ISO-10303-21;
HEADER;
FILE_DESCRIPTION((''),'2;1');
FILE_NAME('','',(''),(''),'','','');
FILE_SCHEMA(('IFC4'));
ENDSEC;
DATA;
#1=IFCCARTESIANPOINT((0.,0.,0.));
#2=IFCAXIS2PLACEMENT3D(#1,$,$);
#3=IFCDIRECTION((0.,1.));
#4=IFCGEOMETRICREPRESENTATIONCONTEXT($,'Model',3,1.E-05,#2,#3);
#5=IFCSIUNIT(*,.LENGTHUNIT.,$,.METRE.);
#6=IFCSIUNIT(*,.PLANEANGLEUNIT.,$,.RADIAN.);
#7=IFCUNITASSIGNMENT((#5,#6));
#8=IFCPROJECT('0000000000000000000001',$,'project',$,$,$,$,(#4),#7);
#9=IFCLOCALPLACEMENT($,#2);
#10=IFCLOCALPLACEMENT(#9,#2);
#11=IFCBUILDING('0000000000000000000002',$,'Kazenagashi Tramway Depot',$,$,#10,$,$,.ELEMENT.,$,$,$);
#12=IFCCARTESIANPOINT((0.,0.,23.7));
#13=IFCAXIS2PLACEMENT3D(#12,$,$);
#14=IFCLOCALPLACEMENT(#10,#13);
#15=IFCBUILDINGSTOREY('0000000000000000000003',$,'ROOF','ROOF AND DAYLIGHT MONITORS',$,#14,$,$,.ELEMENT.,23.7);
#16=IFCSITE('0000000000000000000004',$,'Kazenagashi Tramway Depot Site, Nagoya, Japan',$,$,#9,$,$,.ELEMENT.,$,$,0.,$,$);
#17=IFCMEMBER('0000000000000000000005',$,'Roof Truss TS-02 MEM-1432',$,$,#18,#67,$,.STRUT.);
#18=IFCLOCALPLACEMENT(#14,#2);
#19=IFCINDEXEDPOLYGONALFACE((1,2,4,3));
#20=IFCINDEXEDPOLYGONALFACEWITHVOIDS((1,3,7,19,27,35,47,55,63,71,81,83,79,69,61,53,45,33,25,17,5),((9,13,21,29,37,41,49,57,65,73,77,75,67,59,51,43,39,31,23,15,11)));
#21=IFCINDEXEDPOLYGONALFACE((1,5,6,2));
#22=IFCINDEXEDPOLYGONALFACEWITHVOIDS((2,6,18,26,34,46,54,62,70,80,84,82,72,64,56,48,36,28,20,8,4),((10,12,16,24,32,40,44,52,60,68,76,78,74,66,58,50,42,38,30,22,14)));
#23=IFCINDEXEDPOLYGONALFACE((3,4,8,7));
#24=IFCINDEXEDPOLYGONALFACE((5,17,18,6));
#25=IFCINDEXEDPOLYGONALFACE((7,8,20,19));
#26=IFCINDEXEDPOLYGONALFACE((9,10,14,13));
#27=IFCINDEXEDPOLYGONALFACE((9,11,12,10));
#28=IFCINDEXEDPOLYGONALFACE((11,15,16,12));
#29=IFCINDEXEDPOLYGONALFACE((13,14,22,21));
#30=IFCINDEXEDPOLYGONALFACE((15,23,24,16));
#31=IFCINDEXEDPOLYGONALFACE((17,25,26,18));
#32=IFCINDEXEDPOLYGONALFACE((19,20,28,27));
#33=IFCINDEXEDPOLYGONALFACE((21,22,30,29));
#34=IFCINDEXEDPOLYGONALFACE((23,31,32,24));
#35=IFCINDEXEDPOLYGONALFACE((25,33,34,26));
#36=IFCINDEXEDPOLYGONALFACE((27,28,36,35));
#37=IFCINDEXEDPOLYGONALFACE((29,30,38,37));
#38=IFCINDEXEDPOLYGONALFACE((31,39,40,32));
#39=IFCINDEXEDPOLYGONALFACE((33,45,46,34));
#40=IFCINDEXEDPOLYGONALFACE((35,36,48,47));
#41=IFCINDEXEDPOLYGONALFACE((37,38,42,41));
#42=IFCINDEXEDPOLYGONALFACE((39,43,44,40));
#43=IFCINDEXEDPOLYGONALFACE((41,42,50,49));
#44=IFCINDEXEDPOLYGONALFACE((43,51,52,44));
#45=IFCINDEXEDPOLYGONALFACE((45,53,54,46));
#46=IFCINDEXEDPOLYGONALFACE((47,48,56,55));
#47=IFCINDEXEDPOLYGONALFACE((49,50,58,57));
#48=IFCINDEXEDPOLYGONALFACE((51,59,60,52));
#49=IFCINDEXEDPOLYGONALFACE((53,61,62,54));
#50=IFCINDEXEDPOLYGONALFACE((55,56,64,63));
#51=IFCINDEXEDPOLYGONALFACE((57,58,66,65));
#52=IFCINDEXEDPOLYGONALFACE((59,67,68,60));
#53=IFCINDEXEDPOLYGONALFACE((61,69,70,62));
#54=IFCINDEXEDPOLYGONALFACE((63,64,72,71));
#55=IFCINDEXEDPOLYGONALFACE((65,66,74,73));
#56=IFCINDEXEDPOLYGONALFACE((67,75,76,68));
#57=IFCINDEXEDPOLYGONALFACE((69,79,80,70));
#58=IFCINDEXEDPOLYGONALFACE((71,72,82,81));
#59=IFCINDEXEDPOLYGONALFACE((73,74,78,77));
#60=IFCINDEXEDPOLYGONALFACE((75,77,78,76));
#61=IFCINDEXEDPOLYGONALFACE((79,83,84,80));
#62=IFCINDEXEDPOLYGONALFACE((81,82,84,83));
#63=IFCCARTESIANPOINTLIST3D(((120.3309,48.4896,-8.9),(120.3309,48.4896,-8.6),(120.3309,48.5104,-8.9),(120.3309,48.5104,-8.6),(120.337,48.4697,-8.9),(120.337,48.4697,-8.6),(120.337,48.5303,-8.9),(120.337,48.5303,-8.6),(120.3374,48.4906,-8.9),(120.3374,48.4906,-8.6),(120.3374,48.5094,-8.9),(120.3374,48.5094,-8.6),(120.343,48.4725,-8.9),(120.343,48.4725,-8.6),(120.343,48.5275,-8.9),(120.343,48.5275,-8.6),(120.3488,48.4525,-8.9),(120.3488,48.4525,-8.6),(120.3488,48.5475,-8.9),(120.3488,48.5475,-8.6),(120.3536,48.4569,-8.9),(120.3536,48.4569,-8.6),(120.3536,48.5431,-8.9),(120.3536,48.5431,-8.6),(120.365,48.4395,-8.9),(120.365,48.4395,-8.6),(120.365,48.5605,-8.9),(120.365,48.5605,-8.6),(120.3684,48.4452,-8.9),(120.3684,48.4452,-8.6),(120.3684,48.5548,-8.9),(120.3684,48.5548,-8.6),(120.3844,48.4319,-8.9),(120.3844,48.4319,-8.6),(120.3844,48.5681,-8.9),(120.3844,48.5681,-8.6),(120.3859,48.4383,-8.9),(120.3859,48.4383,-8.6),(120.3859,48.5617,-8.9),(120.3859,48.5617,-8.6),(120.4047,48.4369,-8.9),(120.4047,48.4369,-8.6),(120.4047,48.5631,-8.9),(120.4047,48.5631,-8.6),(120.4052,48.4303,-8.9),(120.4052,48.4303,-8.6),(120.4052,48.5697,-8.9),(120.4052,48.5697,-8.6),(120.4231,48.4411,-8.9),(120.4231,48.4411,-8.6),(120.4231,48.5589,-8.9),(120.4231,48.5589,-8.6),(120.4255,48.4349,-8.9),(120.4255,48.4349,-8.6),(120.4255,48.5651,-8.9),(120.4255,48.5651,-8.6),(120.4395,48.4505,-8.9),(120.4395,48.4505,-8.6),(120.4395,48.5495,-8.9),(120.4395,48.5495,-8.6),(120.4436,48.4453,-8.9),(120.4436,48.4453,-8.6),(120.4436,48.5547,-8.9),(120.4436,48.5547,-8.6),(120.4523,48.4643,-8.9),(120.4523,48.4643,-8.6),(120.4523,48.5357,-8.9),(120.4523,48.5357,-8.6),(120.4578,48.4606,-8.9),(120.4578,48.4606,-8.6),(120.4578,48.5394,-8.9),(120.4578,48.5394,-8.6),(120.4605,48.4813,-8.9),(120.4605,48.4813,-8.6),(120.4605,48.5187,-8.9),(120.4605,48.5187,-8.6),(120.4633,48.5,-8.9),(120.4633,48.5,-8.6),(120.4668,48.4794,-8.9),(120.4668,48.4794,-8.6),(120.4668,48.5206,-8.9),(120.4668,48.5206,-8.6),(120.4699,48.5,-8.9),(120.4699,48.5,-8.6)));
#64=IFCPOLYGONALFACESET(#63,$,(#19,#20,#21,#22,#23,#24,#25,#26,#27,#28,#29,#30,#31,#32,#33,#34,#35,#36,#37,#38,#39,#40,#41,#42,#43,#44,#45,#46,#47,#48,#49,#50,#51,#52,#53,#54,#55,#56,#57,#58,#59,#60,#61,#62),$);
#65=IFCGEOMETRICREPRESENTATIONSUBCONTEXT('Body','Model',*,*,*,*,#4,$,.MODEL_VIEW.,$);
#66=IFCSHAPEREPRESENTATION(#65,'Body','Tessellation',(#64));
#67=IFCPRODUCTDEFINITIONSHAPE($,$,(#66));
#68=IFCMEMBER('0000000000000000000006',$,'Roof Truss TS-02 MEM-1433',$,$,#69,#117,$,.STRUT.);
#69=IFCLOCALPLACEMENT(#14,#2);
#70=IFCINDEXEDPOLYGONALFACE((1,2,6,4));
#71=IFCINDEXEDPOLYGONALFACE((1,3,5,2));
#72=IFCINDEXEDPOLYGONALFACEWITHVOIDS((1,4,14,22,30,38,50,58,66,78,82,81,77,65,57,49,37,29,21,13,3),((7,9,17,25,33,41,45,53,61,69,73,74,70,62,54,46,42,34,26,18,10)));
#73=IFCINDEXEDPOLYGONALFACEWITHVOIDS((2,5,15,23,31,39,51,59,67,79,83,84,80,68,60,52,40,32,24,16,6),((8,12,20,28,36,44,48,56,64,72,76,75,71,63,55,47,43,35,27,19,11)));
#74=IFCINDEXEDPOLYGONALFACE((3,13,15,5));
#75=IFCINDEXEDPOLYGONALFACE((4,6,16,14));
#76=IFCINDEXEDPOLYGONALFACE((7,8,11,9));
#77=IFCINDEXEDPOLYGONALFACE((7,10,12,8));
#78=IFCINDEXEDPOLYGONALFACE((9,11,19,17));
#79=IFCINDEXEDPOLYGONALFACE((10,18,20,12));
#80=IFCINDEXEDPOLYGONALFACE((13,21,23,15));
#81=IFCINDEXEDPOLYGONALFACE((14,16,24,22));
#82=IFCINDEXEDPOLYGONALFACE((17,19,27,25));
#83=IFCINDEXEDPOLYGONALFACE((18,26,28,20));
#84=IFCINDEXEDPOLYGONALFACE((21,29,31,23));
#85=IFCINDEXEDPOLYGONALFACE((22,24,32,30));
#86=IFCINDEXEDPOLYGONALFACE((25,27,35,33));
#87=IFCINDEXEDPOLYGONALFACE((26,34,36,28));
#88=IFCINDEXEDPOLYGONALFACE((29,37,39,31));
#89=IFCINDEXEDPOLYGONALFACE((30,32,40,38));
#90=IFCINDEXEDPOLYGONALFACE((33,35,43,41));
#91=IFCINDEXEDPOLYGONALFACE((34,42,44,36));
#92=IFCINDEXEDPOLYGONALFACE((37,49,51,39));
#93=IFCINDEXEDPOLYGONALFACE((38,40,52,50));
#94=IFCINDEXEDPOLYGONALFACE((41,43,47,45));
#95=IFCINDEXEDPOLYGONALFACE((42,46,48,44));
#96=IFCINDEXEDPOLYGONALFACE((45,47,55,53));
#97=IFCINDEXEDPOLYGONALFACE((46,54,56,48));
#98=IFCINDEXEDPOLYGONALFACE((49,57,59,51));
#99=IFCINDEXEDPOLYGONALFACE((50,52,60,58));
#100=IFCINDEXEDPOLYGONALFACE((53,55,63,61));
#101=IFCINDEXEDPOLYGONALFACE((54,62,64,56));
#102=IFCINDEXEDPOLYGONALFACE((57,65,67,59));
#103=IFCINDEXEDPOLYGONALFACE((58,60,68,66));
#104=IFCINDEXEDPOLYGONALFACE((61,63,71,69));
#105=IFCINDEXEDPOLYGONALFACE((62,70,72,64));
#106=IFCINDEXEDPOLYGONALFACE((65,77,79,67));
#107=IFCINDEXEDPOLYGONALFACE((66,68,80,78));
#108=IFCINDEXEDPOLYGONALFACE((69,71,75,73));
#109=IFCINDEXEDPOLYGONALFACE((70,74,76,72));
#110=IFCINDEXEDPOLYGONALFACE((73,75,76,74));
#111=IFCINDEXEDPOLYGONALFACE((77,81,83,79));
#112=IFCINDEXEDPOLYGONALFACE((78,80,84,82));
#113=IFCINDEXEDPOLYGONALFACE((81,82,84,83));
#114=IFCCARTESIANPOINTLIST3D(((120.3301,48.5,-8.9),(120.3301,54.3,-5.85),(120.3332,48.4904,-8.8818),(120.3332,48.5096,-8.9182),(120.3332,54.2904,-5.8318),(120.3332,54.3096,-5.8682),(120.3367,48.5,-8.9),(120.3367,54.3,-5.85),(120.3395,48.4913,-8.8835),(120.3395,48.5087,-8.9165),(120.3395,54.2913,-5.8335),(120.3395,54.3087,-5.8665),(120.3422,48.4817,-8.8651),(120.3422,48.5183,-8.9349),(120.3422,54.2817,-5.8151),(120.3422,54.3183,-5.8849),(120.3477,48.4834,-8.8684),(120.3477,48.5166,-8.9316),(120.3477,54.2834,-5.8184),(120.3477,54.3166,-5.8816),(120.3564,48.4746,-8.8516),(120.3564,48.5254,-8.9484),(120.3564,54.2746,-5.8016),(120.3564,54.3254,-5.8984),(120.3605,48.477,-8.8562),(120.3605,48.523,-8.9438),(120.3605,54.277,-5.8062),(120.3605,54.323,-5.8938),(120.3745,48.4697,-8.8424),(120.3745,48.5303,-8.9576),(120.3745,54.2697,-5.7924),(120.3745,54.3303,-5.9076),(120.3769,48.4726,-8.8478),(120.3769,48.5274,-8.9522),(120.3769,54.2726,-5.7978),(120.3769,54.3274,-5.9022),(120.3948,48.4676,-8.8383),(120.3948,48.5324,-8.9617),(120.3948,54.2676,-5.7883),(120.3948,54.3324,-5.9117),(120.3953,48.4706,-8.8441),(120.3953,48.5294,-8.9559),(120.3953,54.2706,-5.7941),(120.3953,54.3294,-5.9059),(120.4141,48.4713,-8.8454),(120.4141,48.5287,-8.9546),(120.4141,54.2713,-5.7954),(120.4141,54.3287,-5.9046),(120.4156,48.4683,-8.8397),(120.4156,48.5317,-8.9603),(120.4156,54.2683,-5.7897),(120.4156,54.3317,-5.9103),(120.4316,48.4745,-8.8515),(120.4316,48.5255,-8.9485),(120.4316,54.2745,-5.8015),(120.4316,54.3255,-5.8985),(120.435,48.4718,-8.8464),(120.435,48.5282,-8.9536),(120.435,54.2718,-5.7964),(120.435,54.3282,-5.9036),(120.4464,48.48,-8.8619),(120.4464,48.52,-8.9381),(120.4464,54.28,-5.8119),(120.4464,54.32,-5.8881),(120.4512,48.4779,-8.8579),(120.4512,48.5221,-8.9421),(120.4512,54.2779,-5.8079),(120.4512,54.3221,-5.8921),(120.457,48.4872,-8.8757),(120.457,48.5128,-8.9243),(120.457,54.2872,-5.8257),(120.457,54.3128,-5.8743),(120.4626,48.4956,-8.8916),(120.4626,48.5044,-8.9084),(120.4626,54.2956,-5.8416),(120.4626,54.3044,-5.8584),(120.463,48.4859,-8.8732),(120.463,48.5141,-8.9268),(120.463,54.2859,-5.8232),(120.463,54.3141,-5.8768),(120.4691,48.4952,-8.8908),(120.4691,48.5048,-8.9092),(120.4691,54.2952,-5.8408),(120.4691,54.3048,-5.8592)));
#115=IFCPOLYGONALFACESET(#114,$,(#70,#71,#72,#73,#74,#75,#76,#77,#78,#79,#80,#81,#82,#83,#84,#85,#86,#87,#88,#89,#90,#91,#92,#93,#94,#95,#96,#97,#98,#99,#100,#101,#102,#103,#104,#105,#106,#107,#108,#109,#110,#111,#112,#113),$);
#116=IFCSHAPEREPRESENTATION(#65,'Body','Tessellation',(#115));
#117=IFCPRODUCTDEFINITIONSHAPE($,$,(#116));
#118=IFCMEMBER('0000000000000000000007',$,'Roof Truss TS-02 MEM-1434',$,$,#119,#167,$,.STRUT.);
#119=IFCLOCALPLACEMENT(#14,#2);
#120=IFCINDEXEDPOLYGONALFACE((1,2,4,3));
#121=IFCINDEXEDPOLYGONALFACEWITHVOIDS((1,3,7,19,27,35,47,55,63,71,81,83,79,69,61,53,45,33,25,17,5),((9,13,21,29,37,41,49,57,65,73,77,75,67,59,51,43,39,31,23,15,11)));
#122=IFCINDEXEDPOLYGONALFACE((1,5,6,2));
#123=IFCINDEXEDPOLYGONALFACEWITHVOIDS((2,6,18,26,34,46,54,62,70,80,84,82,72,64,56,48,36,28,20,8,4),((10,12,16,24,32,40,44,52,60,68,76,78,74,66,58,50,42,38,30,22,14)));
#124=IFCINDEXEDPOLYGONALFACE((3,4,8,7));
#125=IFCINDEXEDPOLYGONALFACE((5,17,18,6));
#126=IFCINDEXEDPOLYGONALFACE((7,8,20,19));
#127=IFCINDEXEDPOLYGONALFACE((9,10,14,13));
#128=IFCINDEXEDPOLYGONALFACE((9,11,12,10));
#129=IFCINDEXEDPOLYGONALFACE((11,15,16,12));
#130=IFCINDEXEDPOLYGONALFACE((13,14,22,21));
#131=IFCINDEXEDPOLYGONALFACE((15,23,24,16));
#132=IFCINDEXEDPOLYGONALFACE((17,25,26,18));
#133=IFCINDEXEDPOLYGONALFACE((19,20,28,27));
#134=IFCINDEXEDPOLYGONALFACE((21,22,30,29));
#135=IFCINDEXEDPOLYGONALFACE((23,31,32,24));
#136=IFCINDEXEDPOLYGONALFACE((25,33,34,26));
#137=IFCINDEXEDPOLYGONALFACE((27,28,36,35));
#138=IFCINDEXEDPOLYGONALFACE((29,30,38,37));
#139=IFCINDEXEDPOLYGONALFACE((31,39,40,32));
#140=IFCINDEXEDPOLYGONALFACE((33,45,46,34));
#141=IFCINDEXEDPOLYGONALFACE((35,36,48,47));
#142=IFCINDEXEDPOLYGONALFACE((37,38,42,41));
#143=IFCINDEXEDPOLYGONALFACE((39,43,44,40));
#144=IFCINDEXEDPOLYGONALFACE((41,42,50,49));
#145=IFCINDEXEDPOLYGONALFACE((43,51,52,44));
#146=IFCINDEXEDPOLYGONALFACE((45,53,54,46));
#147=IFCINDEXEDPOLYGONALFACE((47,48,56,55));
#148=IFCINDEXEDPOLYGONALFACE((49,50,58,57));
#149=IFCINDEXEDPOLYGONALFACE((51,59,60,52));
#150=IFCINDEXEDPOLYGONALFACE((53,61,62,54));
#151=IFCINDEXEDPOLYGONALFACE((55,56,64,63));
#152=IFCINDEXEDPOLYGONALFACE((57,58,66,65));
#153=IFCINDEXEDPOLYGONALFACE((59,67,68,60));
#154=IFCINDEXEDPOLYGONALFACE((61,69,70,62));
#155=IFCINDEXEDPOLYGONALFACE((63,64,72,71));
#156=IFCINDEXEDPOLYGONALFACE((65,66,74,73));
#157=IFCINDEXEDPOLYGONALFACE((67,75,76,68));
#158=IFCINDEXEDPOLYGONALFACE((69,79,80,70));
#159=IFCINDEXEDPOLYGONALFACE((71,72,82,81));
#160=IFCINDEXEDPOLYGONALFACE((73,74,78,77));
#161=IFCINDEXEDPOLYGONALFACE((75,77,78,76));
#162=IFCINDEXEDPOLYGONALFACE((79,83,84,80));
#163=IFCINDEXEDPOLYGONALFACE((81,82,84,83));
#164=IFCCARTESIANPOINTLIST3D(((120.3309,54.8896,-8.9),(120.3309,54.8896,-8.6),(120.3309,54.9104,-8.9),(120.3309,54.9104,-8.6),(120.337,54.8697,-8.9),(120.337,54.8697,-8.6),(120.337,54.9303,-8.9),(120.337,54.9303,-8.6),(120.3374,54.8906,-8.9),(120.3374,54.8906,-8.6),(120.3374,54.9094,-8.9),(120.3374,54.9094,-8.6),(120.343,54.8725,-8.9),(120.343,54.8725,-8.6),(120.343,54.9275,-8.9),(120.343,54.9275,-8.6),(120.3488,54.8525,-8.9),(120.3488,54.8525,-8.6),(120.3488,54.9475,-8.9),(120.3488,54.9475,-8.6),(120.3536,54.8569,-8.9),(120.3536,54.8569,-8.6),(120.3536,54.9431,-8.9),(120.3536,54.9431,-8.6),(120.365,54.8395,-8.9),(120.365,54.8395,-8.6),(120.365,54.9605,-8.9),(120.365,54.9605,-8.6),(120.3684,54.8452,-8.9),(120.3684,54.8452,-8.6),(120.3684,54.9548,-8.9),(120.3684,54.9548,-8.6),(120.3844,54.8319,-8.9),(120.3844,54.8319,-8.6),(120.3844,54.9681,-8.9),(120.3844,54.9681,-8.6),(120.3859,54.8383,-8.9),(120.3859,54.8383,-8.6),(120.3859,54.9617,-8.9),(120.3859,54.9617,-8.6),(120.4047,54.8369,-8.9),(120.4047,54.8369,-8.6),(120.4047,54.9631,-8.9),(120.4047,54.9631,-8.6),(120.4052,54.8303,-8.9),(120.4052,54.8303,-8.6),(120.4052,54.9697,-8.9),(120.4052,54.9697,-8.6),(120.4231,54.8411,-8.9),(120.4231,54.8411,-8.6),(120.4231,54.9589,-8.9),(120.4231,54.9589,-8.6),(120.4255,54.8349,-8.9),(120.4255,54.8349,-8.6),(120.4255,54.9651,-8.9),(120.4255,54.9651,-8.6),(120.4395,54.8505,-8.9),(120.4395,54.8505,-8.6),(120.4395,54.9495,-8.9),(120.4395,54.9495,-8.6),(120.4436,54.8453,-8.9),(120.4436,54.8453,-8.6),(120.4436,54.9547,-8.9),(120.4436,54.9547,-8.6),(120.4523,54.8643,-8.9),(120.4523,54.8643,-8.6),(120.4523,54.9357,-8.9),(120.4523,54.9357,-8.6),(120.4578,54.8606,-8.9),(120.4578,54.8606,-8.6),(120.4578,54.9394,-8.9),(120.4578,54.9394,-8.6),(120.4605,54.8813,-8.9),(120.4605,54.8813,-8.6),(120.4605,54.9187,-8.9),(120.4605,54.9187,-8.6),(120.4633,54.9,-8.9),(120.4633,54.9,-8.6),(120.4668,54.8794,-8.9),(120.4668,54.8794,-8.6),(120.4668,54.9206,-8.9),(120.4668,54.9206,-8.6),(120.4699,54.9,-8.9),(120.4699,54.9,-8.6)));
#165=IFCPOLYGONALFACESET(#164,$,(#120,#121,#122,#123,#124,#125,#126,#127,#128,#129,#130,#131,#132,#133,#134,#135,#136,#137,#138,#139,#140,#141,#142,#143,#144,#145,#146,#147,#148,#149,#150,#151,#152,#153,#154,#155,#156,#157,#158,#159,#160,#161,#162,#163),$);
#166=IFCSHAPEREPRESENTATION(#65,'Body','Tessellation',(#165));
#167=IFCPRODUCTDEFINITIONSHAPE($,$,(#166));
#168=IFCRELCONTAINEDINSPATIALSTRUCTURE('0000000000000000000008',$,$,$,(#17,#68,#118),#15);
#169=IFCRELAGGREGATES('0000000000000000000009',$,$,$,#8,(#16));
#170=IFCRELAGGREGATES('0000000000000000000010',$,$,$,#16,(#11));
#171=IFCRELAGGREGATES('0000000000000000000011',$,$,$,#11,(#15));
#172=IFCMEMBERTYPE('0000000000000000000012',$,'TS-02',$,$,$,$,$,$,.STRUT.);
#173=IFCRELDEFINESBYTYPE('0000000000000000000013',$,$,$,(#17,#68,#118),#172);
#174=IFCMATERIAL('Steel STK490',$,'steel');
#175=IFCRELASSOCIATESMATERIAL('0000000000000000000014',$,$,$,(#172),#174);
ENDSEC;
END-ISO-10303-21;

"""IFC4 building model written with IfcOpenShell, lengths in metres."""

from ifc_helpers import new_model, si_unit, direction, frame, origin, origin_2d, place, context, subcontext, project, spatial, hollow_circle, extrude, material, material_profile, profile_set, type_object, element, save


model = new_model("IFC4")

# Units and contexts
model_context = context("Model", 3, precision=1e-05, world=origin(), true_north=direction((0.0, 1.0)))
body_context = subcontext(model_context, "Body", "Model", "MODEL_VIEW")
ifc_project = project(units=[si_unit("LENGTHUNIT", "METRE"), si_unit("PLANEANGLEUNIT", "RADIAN")], contexts=[model_context])

# Site, building, storey
site_placement = place(None, origin())
site = spatial("IfcSite", under=ifc_project, at=site_placement, Name="Kazenagashi Tramway Depot Site, Nagoya, Japan", CompositionType="ELEMENT", RefElevation=0.0)
building_placement = place(site_placement, origin())
building = spatial("IfcBuilding", under=site, at=building_placement, Name="Kazenagashi Tramway Depot", CompositionType="ELEMENT")
storey_placement = place(building_placement, frame((0.0, 0.0, 23.7)))
storey = spatial("IfcBuildingStorey", under=building, at=storey_placement, Name="ROOF", Description="ROOF AND DAYLIGHT MONITORS", CompositionType="ELEMENT", Elevation=23.7)

# Members
ifc_material_1 = material(Name="Steel STK490", Category="steel")
ifc_material_profile_1 = material_profile(ifc_material_1, hollow_circle(Radius=0.0699, WallThickness=0.0066, at=origin_2d()), Name="CHS-139.8x6.6")
ifc_profile_set_1 = profile_set([ifc_material_profile_1], Name="Steel STK490")
member_type_1 = type_object("IfcMemberType", Name="TS-02", PredefinedType="STRUT", material=ifc_profile_set_1)
for number, where, z_axis, x_axis, name in (
    (1, (120.4, 48.5, -8.9), (0.0, 0.0, 1.0), (1.0, 0.0, 0.0), "Roof Truss TS-02 MEM-1432"),
):
    element("IfcMember", number, at=place(storey_placement, frame(where, z_axis=z_axis, x_axis=x_axis)), inside=storey, type_object=member_type_1, Name=name, PredefinedType="STRUT", context=body_context, shape_type="SweptSolid", body=[
        extrude(hollow_circle(Radius=0.0699, WallThickness=0.0066, at=origin_2d()), origin(), (0.0, 0.0, 1.0), 0.3),
    ])
member_1_placement = place(storey_placement, frame((120.4, 48.5, -8.9), z_axis=(0.0, 0.885084, 0.465432), x_axis=(-1.0, 0.0, 0.0)))
element("IfcMember", 2, at=member_1_placement, inside=storey, type_object=member_type_1, Name="Roof Truss TS-02 MEM-1433", PredefinedType="STRUT", context=body_context, shape_type="SweptSolid", body=[
    extrude(hollow_circle(Radius=0.0699, WallThickness=0.0066, at=origin_2d()), origin(), (0.0, 0.0, 1.0), 6.5531),
])
for number, where, z_axis, x_axis, name in (
    (3, (120.4, 54.9, -8.9), (0.0, 0.0, 1.0), (1.0, 0.0, 0.0), "Roof Truss TS-02 MEM-1434"),
):
    element("IfcMember", number, at=place(storey_placement, frame(where, z_axis=z_axis, x_axis=x_axis)), inside=storey, type_object=member_type_1, Name=name, PredefinedType="STRUT", context=body_context, shape_type="SweptSolid", body=[
        extrude(hollow_circle(Radius=0.0699, WallThickness=0.0066, at=origin_2d()), origin(), (0.0, 0.0, 1.0), 0.3),
    ])

save(model, "model.ifc")
